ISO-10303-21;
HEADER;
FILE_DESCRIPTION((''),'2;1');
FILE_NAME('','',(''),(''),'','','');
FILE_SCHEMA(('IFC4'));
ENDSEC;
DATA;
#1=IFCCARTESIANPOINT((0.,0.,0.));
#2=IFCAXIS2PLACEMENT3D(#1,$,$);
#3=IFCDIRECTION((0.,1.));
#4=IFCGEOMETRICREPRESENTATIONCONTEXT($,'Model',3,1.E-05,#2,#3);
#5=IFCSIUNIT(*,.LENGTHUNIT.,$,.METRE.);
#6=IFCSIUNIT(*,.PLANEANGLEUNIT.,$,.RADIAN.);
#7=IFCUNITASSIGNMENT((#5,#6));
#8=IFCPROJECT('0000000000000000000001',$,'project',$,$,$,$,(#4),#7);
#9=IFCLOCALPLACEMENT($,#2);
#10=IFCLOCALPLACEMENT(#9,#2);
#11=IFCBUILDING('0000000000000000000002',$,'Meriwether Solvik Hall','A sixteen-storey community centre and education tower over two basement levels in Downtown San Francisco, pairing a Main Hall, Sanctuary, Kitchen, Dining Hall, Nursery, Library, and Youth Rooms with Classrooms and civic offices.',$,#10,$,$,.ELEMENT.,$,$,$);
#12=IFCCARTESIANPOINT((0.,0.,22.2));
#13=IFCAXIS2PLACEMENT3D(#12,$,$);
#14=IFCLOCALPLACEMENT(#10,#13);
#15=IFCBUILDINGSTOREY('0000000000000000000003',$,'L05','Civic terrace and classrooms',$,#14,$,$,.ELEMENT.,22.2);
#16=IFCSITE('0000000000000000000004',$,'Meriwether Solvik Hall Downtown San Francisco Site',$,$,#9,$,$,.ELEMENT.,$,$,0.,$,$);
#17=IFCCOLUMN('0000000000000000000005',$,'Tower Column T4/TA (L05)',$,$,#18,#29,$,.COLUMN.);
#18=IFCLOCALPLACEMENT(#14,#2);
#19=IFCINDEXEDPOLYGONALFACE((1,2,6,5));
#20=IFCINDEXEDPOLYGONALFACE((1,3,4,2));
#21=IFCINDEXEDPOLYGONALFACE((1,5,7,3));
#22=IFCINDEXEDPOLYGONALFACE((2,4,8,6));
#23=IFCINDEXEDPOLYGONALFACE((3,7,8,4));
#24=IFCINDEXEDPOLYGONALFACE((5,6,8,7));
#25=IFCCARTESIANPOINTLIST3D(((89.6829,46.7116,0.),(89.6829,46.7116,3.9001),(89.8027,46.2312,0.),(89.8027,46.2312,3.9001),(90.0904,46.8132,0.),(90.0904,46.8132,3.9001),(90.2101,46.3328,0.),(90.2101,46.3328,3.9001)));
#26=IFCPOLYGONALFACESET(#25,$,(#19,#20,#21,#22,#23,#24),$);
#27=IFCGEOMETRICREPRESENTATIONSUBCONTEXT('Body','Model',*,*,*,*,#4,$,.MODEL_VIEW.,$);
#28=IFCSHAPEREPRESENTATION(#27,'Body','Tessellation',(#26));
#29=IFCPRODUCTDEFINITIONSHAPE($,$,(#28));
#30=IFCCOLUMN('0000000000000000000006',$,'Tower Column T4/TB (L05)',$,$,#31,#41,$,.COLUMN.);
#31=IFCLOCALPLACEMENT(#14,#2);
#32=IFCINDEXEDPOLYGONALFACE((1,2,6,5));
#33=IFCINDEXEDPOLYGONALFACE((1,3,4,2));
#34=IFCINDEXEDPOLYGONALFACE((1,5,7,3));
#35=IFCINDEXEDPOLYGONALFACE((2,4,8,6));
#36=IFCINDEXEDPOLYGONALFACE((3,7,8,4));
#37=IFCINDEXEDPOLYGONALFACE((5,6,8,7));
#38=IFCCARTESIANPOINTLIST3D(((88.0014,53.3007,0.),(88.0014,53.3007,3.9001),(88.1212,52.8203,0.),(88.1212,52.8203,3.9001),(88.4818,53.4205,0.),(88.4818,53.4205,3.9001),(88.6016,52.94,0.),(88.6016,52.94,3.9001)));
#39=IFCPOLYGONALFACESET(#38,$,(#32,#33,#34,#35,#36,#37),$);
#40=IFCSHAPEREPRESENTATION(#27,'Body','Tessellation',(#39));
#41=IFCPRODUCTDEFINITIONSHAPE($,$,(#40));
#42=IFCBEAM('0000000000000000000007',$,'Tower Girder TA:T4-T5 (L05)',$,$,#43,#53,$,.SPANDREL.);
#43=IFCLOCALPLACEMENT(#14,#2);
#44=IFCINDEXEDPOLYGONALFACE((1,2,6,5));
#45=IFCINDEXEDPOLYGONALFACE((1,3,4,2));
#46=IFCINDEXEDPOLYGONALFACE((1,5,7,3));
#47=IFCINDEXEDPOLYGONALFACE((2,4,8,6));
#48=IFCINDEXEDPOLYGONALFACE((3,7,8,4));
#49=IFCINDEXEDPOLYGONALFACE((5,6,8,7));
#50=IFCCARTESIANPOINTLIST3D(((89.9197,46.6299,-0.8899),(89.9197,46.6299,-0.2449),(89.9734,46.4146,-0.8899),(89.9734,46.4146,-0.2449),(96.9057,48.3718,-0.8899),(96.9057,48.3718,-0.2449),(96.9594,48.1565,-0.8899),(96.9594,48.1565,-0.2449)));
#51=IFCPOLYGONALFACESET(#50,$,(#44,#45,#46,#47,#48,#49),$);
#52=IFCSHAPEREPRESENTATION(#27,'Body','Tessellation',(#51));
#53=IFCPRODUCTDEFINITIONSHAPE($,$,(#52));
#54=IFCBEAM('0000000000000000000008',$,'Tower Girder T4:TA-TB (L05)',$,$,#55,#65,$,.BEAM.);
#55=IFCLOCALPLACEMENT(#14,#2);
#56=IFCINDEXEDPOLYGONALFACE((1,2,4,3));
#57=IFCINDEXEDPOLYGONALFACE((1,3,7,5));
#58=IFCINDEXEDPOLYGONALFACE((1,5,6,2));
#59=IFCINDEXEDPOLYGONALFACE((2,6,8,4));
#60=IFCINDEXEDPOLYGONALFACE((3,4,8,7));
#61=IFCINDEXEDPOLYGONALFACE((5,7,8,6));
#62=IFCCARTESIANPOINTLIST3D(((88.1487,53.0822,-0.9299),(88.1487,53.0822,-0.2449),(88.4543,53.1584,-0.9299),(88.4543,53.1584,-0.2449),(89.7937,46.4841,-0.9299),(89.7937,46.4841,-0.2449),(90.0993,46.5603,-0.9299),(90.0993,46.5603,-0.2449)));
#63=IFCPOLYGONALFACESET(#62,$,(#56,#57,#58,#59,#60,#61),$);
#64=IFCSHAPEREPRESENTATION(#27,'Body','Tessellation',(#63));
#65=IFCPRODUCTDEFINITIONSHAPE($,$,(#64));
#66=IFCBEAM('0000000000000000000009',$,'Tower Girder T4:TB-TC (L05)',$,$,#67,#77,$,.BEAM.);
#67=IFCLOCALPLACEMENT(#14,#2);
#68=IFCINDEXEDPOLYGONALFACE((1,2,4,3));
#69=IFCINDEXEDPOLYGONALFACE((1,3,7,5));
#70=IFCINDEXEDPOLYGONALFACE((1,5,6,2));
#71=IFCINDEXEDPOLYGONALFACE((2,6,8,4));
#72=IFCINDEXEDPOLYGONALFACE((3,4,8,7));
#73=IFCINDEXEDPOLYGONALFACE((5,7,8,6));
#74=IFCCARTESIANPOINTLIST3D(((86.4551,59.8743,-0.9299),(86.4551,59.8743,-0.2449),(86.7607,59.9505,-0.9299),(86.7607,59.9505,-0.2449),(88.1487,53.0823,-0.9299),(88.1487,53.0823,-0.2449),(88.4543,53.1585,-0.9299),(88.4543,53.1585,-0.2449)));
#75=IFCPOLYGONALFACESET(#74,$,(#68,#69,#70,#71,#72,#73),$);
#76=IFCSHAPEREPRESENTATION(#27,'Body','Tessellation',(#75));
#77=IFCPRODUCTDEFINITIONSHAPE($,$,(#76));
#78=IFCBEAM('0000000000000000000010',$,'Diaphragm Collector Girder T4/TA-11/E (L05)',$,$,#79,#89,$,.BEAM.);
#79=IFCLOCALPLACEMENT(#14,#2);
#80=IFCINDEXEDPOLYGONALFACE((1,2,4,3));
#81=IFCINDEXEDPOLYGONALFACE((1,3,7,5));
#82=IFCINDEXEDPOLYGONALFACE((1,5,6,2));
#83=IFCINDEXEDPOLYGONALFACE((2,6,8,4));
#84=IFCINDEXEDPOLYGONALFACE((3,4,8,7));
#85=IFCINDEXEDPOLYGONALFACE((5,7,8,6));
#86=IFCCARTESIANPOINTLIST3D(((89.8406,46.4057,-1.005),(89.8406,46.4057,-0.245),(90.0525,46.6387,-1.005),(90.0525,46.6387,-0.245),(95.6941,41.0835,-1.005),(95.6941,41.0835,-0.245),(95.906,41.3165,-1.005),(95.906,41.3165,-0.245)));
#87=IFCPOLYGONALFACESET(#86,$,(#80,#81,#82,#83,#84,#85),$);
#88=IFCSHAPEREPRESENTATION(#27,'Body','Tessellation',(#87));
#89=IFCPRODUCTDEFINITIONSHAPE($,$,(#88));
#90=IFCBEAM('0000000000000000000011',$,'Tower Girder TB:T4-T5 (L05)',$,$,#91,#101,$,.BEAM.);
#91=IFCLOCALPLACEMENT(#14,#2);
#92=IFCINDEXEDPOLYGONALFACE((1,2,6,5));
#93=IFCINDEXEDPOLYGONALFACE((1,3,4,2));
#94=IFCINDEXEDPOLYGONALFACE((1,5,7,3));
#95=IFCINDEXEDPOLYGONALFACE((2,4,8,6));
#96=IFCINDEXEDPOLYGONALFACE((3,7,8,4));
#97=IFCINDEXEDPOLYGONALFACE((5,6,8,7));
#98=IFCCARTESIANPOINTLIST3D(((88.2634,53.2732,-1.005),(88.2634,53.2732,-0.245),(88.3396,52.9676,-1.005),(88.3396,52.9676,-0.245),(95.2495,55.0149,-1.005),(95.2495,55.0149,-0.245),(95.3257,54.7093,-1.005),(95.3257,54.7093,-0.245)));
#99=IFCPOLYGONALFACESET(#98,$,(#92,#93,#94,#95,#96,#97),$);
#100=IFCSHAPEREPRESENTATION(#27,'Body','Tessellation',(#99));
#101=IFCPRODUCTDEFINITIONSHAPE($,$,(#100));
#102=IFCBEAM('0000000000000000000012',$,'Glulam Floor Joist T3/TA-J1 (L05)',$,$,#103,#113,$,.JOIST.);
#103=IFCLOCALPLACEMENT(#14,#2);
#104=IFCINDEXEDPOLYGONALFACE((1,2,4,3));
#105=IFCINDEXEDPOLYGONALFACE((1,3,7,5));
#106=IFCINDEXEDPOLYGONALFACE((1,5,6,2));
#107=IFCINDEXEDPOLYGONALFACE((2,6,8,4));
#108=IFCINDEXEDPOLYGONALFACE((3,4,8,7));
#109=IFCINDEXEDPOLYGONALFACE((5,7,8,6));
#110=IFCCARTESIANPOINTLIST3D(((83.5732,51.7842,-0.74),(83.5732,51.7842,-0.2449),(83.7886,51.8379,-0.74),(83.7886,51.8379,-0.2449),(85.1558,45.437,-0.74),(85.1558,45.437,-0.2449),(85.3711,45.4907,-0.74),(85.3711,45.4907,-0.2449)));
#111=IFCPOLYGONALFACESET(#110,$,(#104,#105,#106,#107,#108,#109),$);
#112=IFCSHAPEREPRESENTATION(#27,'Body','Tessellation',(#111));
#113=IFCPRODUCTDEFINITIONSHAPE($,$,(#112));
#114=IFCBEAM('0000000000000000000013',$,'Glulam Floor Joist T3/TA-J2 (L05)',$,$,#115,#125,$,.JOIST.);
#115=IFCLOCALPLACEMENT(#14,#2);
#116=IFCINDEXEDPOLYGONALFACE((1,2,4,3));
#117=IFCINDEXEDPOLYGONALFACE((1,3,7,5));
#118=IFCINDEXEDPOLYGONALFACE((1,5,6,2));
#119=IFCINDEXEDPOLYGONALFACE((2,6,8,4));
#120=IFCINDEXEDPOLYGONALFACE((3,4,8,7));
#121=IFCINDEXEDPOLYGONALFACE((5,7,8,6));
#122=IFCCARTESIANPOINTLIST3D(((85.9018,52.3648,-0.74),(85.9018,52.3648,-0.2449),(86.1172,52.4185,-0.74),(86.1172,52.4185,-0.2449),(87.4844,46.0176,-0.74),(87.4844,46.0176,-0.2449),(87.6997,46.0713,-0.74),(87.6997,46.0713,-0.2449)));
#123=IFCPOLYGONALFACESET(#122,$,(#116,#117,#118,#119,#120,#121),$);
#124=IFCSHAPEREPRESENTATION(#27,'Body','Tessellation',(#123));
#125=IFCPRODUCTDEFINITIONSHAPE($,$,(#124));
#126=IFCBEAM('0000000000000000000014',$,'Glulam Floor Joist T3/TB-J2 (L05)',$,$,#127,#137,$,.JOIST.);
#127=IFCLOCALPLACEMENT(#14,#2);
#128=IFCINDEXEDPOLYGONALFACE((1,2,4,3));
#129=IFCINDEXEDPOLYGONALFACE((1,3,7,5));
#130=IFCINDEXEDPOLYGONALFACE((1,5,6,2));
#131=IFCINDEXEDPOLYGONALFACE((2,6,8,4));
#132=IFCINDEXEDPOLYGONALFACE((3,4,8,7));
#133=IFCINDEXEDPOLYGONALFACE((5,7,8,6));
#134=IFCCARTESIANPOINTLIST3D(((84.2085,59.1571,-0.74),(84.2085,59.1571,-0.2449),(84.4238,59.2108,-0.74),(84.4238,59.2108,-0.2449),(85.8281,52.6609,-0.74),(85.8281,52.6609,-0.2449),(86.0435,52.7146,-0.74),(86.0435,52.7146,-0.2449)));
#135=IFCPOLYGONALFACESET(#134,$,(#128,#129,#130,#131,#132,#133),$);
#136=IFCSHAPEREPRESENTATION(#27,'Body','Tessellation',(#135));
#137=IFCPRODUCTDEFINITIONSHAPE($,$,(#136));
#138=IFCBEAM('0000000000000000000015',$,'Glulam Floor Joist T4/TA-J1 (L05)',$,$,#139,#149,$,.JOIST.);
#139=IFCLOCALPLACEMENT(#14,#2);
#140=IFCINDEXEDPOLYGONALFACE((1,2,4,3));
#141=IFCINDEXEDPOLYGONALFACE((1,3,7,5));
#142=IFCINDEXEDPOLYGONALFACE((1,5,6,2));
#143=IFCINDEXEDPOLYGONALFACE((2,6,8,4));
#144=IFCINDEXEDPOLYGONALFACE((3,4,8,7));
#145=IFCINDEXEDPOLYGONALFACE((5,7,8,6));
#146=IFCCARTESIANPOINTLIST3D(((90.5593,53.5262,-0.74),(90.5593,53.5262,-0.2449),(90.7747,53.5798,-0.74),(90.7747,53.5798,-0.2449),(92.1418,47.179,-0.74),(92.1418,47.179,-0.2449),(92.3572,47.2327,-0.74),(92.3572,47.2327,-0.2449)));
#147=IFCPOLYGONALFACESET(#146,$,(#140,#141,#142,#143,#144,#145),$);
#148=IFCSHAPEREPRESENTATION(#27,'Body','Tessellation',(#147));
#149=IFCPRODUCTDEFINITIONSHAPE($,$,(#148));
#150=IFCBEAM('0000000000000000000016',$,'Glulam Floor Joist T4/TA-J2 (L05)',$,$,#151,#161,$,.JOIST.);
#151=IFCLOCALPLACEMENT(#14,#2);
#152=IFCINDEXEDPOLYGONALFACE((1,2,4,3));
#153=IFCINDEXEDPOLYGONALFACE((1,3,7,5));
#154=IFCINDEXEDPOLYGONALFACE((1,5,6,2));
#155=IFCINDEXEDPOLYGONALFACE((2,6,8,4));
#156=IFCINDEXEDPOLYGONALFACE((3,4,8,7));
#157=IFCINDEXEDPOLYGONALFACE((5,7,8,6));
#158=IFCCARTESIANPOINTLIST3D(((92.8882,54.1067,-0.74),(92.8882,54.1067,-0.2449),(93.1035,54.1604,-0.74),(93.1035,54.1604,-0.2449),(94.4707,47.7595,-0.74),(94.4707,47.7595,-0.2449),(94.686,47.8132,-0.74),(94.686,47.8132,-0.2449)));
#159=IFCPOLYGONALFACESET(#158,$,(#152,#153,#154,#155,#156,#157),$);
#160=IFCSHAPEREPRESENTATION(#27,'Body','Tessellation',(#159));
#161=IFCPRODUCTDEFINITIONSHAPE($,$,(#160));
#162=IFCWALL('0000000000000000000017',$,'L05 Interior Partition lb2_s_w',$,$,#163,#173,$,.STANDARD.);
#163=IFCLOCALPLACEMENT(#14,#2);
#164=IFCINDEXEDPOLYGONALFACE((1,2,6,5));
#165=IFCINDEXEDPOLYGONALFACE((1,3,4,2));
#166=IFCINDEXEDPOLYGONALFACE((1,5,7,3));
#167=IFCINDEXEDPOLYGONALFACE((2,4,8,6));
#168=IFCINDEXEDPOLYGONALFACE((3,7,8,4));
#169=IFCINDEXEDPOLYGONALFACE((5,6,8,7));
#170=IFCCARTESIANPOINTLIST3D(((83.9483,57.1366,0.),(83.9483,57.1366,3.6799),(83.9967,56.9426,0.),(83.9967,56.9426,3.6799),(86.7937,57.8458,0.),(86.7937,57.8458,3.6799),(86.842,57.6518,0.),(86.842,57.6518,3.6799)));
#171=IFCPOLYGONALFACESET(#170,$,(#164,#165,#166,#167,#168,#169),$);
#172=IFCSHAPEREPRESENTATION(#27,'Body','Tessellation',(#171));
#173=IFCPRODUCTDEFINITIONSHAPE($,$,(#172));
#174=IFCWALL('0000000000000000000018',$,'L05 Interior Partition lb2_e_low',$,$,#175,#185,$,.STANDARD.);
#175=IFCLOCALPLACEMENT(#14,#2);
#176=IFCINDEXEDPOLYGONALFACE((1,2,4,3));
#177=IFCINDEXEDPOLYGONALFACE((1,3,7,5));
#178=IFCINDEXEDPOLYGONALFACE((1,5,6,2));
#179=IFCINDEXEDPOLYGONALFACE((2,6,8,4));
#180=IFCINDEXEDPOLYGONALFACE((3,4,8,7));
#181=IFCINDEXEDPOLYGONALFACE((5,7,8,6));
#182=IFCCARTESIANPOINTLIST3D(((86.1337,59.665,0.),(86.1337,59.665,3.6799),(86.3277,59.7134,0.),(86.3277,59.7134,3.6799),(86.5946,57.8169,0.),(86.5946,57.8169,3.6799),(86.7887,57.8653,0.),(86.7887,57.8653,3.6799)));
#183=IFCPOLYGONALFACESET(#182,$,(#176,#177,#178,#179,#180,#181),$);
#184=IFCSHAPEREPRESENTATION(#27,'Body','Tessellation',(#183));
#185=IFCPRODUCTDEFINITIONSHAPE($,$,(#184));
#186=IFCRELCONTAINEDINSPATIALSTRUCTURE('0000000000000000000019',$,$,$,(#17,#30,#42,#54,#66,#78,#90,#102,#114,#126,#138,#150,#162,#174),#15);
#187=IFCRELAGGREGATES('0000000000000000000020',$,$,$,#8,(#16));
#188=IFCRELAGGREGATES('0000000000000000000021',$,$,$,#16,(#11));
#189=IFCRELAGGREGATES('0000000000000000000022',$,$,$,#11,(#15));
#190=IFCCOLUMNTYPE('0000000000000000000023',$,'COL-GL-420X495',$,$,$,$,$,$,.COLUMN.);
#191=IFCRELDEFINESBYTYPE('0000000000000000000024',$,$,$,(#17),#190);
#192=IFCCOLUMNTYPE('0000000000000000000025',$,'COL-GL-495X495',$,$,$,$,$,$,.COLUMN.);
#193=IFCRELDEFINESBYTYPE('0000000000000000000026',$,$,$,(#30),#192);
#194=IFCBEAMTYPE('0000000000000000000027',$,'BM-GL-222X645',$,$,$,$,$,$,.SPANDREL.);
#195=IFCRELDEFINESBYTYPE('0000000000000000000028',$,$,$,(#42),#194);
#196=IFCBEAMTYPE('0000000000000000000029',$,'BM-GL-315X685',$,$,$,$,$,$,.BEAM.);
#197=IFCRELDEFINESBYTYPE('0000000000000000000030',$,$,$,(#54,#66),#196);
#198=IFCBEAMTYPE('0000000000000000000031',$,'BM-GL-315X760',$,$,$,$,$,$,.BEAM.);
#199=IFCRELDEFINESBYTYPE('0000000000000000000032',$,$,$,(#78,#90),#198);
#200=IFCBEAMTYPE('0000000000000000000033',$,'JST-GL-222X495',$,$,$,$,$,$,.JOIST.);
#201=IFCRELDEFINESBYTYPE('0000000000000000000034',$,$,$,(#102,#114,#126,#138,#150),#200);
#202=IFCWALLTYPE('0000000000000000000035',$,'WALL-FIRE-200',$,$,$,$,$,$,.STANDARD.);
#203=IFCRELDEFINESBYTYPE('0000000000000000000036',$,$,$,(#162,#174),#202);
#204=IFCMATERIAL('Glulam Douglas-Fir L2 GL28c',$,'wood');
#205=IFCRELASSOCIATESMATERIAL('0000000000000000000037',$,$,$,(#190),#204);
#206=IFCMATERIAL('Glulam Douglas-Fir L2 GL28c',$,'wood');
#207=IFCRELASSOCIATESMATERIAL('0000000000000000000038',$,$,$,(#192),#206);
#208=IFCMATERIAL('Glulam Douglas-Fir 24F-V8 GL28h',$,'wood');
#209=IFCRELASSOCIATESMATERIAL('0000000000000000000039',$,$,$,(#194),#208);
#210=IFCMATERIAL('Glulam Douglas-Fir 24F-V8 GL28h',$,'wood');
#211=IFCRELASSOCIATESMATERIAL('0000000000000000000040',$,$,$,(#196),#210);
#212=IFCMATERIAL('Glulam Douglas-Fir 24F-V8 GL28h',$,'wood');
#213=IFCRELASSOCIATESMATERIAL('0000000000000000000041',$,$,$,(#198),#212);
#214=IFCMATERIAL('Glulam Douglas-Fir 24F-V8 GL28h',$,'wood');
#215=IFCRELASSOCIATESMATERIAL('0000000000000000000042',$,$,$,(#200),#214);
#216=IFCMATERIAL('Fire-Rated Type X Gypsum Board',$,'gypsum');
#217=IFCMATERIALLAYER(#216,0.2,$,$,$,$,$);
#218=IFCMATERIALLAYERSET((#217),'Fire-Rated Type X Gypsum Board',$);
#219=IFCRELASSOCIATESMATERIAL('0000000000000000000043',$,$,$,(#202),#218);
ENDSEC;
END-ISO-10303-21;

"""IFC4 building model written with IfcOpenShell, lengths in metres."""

from ifc_helpers import new_model, si_unit, direction, frame, frame_2d, origin, origin_2d, place, context, subcontext, project, spatial, rectangle, extrude, material, layer, layer_set, material_profile, profile_set, type_object, element, save


model = new_model("IFC4")

# Units and contexts
model_context = context("Model", 3, precision=1e-05, world=origin(), true_north=direction((0.0, 1.0)))
body_context = subcontext(model_context, "Body", "Model", "MODEL_VIEW")
ifc_project = project(units=[si_unit("LENGTHUNIT", "METRE"), si_unit("PLANEANGLEUNIT", "RADIAN")], contexts=[model_context])

# Site, building, storey
site_placement = place(None, origin())
site = spatial("IfcSite", under=ifc_project, at=site_placement, Name="Meriwether Solvik Hall Downtown San Francisco Site", CompositionType="ELEMENT", RefElevation=0.0)
building_placement = place(site_placement, origin())
building = spatial("IfcBuilding", under=site, at=building_placement, Name="Meriwether Solvik Hall", Description="A sixteen-storey community centre and education tower over two basement levels in Downtown San Francisco, pairing a Main Hall, Sanctuary, Kitchen, Dining Hall, Nursery, Library, and Youth Rooms with Classrooms and civic offices.", CompositionType="ELEMENT")
storey_placement = place(building_placement, frame((0.0, 0.0, 22.2)))
storey = spatial("IfcBuildingStorey", under=building, at=storey_placement, Name="L05", Description="Civic terrace and classrooms", CompositionType="ELEMENT", Elevation=22.2)

# Columns
ifc_material_1 = material(Name="Glulam Douglas-Fir L2 GL28c", Category="wood")
ifc_material_profile_1 = material_profile(ifc_material_1, rectangle(XDim=0.4199, YDim=0.4951, at=origin_2d()), Name="GLC-420X495")
ifc_profile_set_1 = profile_set([ifc_material_profile_1], Name="Glulam Douglas-Fir L2 GL28c")
column_type_1 = type_object("IfcColumnType", Name="COL-GL-420X495", PredefinedType="COLUMN", material=ifc_profile_set_1)
column_1_placement = place(storey_placement, frame((89.9465, 46.5222, 0.0), z_axis=(0.0, 0.0, 1.0), x_axis=(0.970296, 0.241922, 0.0)))
element("IfcColumn", 1, at=column_1_placement, inside=storey, type_object=column_type_1, Name="Tower Column T4/TA (L05)", PredefinedType="COLUMN", context=body_context, shape_type="SweptSolid", body=[
    extrude(rectangle(XDim=0.4199, YDim=0.4951, at=origin_2d()), origin(), (0.0, 0.0, 1.0), 3.9001),
])
ifc_material_2 = material(Name="Glulam Douglas-Fir L2 GL28c", Category="wood")
ifc_material_profile_2 = material_profile(ifc_material_2, rectangle(XDim=0.4951, YDim=0.4951, at=origin_2d()), Name="GLC-495X495")
ifc_profile_set_2 = profile_set([ifc_material_profile_2], Name="Glulam Douglas-Fir L2 GL28c")
column_type_2 = type_object("IfcColumnType", Name="COL-GL-495X495", PredefinedType="COLUMN", material=ifc_profile_set_2)
column_2_placement = place(storey_placement, frame((88.3015, 53.1204, 0.0), z_axis=(0.0, 0.0, 1.0), x_axis=(0.970296, 0.241922, 0.0)))
element("IfcColumn", 2, at=column_2_placement, inside=storey, type_object=column_type_2, Name="Tower Column T4/TB (L05)", PredefinedType="COLUMN", context=body_context, shape_type="SweptSolid", body=[
    extrude(rectangle(XDim=0.4951, YDim=0.4951, at=origin_2d()), origin(), (0.0, 0.0, 1.0), 3.9001),
])

# Beams
ifc_material_3 = material(Name="Glulam Douglas-Fir 24F-V8 GL28h", Category="wood")
ifc_material_profile_3 = material_profile(ifc_material_3, rectangle(XDim=0.2219, YDim=0.645, at=origin_2d()), Name="GLB-222X645")
ifc_profile_set_3 = profile_set([ifc_material_profile_3], Name="Glulam Douglas-Fir 24F-V8 GL28h")
beam_type_1 = type_object("IfcBeamType", Name="BM-GL-222X645", PredefinedType="SPANDREL", material=ifc_profile_set_3)
beam_1_placement = place(storey_placement, frame((89.9465, 46.5222, -0.5674), z_axis=(0.970292, 0.241937, 0.0), x_axis=(-0.241937, 0.970292, 0.0)))
element("IfcBeam", 3, at=beam_1_placement, inside=storey, type_object=beam_type_1, Name="Tower Girder TA:T4-T5 (L05)", PredefinedType="SPANDREL", context=body_context, shape_type="SweptSolid", body=[
    extrude(rectangle(XDim=0.2219, YDim=0.645, at=origin_2d()), origin(), (0.0, 0.0, 1.0), 7.2),
])
ifc_material_4 = material(Name="Glulam Douglas-Fir 24F-V8 GL28h", Category="wood")
ifc_material_profile_4 = material_profile(ifc_material_4, rectangle(XDim=0.3149, YDim=0.6851, at=origin_2d()), Name="GLB-315X685")
ifc_profile_set_4 = profile_set([ifc_material_profile_4], Name="Glulam Douglas-Fir 24F-V8 GL28h")
beam_type_2 = type_object("IfcBeamType", Name="BM-GL-315X685", PredefinedType="BEAM", material=ifc_profile_set_4)
beam_2_placement = place(storey_placement, frame((89.9465, 46.5222, -0.5874), z_axis=(-0.24191, 0.970299, 0.0), x_axis=(-0.970299, -0.24191, 0.0)))
element("IfcBeam", 4, at=beam_2_placement, inside=storey, type_object=beam_type_2, Name="Tower Girder T4:TA-TB (L05)", PredefinedType="BEAM", context=body_context, shape_type="SweptSolid", body=[
    extrude(rectangle(XDim=0.3149, YDim=0.6851, at=origin_2d()), origin(), (0.0, 0.0, 1.0), 6.8),
])
beam_3_placement = place(storey_placement, frame((88.3015, 53.1204, -0.5874), z_axis=(-0.241945, 0.97029, 0.0), x_axis=(-0.97029, -0.241945, 0.0)))
element("IfcBeam", 5, at=beam_3_placement, inside=storey, type_object=beam_type_2, Name="Tower Girder T4:TB-TC (L05)", PredefinedType="BEAM", context=body_context, shape_type="SweptSolid", body=[
    extrude(rectangle(XDim=0.3149, YDim=0.6851, at=origin_2d()), origin(), (0.0, 0.0, 1.0), 7.0),
])
ifc_material_5 = material(Name="Glulam Douglas-Fir 24F-V8 GL28h", Category="wood")
ifc_material_profile_5 = material_profile(ifc_material_5, rectangle(XDim=0.3149, YDim=0.76, at=origin_2d()), Name="GLB-315X760")
ifc_profile_set_5 = profile_set([ifc_material_profile_5], Name="Glulam Douglas-Fir 24F-V8 GL28h")
beam_type_3 = type_object("IfcBeamType", Name="BM-GL-315X760", PredefinedType="BEAM", material=ifc_profile_set_5)
beam_4_placement = place(storey_placement, frame((89.9465, 46.5222, -0.625), z_axis=(0.739884, -0.672734, 0.0), x_axis=(0.672734, 0.739884, 0.0)))
element("IfcBeam", 6, at=beam_4_placement, inside=storey, type_object=beam_type_3, Name="Diaphragm Collector Girder T4/TA-11/E (L05)", PredefinedType="BEAM", context=body_context, shape_type="SweptSolid", body=[
    extrude(rectangle(XDim=0.3149, YDim=0.76, at=origin_2d()), origin(), (0.0, 0.0, 1.0), 7.9114),
])
beam_5_placement = place(storey_placement, frame((88.3015, 53.1204, -0.625), z_axis=(0.9703, 0.241905, 0.0), x_axis=(-0.241905, 0.9703, 0.0)))
element("IfcBeam", 7, at=beam_5_placement, inside=storey, type_object=beam_type_3, Name="Tower Girder TB:T4-T5 (L05)", PredefinedType="BEAM", context=body_context, shape_type="SweptSolid", body=[
    extrude(rectangle(XDim=0.3149, YDim=0.76, at=origin_2d()), origin(), (0.0, 0.0, 1.0), 7.2),
])
ifc_material_6 = material(Name="Glulam Douglas-Fir 24F-V8 GL28h", Category="wood")
ifc_material_profile_6 = material_profile(ifc_material_6, rectangle(XDim=0.2219, YDim=0.4951, at=origin_2d()), Name="GLJ-222X495")
ifc_profile_set_6 = profile_set([ifc_material_profile_6], Name="Glulam Douglas-Fir 24F-V8 GL28h")
beam_type_4 = type_object("IfcBeamType", Name="JST-GL-222X495", PredefinedType="JOIST", material=ifc_profile_set_6)
for number, where, z_axis, x_axis, name in (
    (8, (85.2634, 45.4639, -0.4924), (-0.241921, 0.970296, 0.0), (-0.970296, -0.241921, 0.0), "Glulam Floor Joist T3/TA-J1 (L05)"),
    (9, (87.592, 46.0444, -0.4924), (-0.241921, 0.970296, 0.0), (-0.970296, -0.241921, 0.0), "Glulam Floor Joist T3/TA-J2 (L05)"),
):
    element("IfcBeam", number, at=place(storey_placement, frame(where, z_axis=z_axis, x_axis=x_axis)), inside=storey, type_object=beam_type_4, Name=name, PredefinedType="JOIST", context=body_context, shape_type="SweptSolid", body=[
        extrude(rectangle(XDim=0.2219, YDim=0.4951, at=origin_2d()), origin(), (0.0, 0.0, 1.0), 6.5415),
    ])
beam_6_placement = place(storey_placement, frame((85.9358, 52.6877, -0.4924), z_axis=(-0.241918, 0.970297, 0.0), x_axis=(-0.970297, -0.241918, 0.0)))
element("IfcBeam", 10, at=beam_6_placement, inside=storey, type_object=beam_type_4, Name="Glulam Floor Joist T3/TB-J2 (L05)", PredefinedType="JOIST", context=body_context, shape_type="SweptSolid", body=[
    extrude(rectangle(XDim=0.2219, YDim=0.4951, at=origin_2d()), origin(), (0.0, 0.0, 1.0), 6.6951),
])
for number, where, z_axis, x_axis, name in (
    (11, (92.2495, 47.2058, -0.4924), (-0.241921, 0.970296, 0.0), (-0.970296, -0.241921, 0.0), "Glulam Floor Joist T4/TA-J1 (L05)"),
    (12, (94.5784, 47.7864, -0.4924), (-0.241921, 0.970296, 0.0), (-0.970296, -0.241921, 0.0), "Glulam Floor Joist T4/TA-J2 (L05)"),
):
    element("IfcBeam", number, at=place(storey_placement, frame(where, z_axis=z_axis, x_axis=x_axis)), inside=storey, type_object=beam_type_4, Name=name, PredefinedType="JOIST", context=body_context, shape_type="SweptSolid", body=[
        extrude(rectangle(XDim=0.2219, YDim=0.4951, at=origin_2d()), origin(), (0.0, 0.0, 1.0), 6.5415),
    ])

# Walls
ifc_material_7 = material(Name="Fire-Rated Type X Gypsum Board", Category="gypsum")
ifc_layer_1 = layer(ifc_material_7, 0.2)
ifc_layer_set_1 = layer_set([ifc_layer_1], Name="Fire-Rated Type X Gypsum Board")
wall_type_1 = type_object("IfcWallType", Name="WALL-FIRE-200", PredefinedType="STANDARD", material=ifc_layer_set_1)
wall_1_placement = place(storey_placement, frame((83.9724, 57.0396, 0.0), z_axis=(0.0, 0.0, 1.0), x_axis=(0.970309, 0.241869, 0.0)))
element("IfcWall", 13, at=wall_1_placement, inside=storey, type_object=wall_type_1, Name="L05 Interior Partition lb2_s_w", PredefinedType="STANDARD", context=body_context, shape_type="SweptSolid", body=[
    extrude(rectangle(XDim=2.9324, YDim=0.2, at=frame_2d((1.4663, 0.0))), origin(), (0.0, 0.0, 1.0), 3.6799),
])
wall_2_placement = place(storey_placement, frame((86.6917, 57.8411, 0.0), z_axis=(0.0, 0.0, 1.0), x_axis=(-0.241993, 0.970278, 0.0)))
element("IfcWall", 14, at=wall_2_placement, inside=storey, type_object=wall_type_1, Name="L05 Interior Partition lb2_e_low", PredefinedType="STANDARD", context=body_context, shape_type="SweptSolid", body=[
    extrude(rectangle(XDim=1.9048, YDim=0.2, at=frame_2d((0.9524, 0.0))), origin(), (0.0, 0.0, 1.0), 3.6799),
])

save(model, "model.ifc")
